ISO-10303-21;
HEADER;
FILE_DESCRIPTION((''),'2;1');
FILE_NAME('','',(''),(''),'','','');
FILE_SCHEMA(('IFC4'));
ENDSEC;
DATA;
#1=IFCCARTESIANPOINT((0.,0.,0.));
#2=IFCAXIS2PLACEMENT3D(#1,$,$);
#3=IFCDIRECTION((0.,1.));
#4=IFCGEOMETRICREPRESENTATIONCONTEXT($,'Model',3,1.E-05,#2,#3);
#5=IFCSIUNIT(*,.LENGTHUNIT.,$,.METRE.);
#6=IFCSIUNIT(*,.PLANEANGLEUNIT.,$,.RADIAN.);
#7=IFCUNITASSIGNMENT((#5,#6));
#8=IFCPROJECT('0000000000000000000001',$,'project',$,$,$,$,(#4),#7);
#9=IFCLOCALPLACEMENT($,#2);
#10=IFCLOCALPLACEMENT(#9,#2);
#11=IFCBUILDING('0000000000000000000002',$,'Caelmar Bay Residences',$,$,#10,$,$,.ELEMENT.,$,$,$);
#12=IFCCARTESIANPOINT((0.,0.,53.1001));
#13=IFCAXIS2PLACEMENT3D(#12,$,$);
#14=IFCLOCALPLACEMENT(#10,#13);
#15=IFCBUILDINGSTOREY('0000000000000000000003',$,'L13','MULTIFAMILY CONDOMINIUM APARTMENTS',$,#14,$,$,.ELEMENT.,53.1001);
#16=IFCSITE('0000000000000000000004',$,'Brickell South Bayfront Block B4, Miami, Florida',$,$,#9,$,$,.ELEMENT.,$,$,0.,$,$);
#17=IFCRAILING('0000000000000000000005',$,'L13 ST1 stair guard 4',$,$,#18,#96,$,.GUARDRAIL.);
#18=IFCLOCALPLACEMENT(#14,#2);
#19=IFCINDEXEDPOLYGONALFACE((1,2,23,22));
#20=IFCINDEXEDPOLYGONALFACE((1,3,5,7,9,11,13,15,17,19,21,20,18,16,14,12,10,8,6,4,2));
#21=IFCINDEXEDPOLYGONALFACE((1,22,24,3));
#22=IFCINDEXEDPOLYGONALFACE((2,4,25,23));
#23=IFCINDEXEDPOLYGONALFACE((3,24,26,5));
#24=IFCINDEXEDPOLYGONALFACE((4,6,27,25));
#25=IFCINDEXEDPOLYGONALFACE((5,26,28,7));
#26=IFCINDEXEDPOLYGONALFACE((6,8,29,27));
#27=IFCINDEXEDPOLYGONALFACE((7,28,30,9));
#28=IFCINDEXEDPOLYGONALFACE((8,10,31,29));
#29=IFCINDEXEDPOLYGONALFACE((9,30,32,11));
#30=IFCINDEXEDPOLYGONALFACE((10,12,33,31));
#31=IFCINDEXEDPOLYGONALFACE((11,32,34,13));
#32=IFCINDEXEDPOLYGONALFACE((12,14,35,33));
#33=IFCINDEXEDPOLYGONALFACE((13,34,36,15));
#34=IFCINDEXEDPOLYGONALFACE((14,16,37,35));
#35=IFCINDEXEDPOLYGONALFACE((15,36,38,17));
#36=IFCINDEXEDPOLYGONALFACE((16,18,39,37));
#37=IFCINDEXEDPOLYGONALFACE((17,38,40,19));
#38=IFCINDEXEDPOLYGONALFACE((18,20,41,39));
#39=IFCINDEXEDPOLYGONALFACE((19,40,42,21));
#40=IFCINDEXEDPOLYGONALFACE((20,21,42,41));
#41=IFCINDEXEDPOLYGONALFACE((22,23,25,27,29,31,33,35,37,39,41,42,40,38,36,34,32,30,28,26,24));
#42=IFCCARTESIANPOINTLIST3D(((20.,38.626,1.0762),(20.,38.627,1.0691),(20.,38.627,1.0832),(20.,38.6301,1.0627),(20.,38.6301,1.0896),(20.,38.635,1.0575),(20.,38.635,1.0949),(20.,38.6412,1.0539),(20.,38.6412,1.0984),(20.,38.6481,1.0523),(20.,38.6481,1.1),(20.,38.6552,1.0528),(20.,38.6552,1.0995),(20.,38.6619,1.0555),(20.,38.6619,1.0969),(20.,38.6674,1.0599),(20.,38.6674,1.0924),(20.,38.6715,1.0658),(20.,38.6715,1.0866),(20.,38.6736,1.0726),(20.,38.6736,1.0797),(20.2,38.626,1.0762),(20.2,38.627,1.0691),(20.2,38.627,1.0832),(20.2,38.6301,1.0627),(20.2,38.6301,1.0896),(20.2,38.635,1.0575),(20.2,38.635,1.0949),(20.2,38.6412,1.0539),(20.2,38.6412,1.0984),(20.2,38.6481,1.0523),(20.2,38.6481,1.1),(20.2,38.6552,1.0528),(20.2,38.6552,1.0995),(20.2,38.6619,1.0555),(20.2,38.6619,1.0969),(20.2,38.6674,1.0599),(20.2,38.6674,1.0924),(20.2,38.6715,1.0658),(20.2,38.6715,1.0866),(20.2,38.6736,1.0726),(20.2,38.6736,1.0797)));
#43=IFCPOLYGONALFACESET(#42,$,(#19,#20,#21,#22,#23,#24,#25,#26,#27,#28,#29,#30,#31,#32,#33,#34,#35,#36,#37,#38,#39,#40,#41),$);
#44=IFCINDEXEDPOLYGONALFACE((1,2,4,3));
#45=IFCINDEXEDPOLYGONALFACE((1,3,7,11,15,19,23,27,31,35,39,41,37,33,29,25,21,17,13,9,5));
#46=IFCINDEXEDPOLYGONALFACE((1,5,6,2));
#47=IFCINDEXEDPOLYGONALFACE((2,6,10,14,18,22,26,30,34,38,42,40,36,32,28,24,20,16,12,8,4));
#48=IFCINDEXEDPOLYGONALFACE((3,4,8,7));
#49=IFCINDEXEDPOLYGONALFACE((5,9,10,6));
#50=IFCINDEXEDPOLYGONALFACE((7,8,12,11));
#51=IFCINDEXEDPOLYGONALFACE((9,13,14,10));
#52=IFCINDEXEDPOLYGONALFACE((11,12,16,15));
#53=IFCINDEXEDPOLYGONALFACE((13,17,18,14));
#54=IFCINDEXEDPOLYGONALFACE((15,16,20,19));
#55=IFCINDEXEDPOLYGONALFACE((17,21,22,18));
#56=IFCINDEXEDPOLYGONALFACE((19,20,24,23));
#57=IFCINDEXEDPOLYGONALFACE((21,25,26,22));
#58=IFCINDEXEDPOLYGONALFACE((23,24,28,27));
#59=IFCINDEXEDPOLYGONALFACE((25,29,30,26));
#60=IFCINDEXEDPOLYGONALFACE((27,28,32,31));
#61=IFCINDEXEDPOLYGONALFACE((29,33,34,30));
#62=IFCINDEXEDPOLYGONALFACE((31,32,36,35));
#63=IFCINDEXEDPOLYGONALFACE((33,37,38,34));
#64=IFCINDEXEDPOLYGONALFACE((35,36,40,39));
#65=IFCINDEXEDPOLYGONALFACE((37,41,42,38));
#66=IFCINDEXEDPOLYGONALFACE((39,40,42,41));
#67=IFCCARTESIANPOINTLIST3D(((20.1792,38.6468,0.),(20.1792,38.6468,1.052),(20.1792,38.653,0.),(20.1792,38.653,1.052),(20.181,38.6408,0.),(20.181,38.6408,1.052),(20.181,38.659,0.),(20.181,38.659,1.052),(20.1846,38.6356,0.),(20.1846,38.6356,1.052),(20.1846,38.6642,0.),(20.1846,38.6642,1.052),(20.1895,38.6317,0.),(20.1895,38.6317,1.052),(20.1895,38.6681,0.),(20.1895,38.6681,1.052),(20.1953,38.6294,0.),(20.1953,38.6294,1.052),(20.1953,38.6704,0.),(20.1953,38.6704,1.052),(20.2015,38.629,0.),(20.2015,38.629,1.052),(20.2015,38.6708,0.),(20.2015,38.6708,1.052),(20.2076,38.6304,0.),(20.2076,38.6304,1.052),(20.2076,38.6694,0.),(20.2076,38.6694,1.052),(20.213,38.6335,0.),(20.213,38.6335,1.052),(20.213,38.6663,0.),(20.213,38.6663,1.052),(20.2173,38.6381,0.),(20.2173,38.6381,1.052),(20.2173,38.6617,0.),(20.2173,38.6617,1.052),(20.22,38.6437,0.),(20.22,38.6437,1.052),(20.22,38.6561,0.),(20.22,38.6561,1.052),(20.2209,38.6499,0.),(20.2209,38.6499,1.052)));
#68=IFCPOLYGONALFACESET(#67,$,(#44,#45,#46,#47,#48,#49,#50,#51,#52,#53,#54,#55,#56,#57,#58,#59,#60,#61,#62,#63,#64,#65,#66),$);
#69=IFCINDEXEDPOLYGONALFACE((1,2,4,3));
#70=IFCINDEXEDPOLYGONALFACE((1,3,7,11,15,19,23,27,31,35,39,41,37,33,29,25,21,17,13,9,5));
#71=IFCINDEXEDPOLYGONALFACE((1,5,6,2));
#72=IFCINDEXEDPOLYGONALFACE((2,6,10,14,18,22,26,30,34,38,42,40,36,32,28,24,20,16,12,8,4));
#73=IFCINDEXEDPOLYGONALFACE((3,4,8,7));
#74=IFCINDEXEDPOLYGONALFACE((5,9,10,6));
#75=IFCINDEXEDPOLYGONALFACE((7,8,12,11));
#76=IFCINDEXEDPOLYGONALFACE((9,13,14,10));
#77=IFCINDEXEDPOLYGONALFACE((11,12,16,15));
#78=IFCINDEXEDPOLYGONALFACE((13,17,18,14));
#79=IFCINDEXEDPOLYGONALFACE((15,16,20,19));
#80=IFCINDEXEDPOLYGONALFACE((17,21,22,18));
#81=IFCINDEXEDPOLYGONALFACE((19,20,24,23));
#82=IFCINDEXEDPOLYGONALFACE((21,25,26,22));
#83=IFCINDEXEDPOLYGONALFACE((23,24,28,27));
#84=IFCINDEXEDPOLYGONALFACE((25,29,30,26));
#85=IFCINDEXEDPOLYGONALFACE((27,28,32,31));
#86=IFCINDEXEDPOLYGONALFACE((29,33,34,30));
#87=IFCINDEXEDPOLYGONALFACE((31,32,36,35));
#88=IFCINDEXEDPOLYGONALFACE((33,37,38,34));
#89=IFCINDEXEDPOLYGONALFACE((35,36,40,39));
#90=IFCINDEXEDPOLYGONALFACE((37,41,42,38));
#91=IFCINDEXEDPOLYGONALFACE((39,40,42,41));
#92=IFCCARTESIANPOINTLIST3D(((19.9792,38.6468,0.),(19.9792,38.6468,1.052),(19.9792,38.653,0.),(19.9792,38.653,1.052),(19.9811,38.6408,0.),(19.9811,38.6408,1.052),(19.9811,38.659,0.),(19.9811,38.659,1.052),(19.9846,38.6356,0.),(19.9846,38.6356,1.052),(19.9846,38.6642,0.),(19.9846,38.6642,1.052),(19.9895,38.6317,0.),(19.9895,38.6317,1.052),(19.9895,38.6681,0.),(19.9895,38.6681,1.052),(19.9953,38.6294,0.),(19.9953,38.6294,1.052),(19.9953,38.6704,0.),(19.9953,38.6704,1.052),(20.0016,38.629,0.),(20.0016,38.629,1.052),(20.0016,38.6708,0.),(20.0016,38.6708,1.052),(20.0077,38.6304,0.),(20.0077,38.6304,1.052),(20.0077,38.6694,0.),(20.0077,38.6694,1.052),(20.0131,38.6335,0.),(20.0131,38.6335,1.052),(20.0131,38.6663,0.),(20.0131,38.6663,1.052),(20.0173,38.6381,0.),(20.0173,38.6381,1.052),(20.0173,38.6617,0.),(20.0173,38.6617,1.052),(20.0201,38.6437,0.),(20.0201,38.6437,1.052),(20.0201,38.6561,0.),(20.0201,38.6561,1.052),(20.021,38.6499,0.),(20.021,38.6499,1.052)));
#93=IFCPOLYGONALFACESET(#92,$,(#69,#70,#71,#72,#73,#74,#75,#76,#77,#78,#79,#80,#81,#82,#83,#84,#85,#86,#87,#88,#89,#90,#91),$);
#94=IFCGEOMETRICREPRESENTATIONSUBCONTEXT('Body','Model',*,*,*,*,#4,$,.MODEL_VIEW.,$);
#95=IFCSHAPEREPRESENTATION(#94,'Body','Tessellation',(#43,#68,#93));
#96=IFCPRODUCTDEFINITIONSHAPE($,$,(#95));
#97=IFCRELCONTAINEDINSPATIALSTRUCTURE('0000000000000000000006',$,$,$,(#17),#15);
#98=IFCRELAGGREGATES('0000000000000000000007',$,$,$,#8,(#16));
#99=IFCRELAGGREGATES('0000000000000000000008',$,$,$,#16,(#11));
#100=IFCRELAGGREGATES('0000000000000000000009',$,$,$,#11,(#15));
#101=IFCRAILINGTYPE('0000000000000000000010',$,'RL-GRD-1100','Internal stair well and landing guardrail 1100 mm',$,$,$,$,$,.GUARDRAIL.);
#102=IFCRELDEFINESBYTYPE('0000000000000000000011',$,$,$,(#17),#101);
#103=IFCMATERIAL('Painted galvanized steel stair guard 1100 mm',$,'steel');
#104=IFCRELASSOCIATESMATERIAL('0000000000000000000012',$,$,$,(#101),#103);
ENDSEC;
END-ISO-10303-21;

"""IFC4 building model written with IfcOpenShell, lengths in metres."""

from ifc_helpers import new_model, si_unit, direction, frame, origin, origin_2d, place, context, subcontext, project, spatial, circle, extrude, material, type_object, element, save


model = new_model("IFC4")

# Units and contexts
model_context = context("Model", 3, precision=1e-05, world=origin(), true_north=direction((0.0, 1.0)))
body_context = subcontext(model_context, "Body", "Model", "MODEL_VIEW")
ifc_project = project(units=[si_unit("LENGTHUNIT", "METRE"), si_unit("PLANEANGLEUNIT", "RADIAN")], contexts=[model_context])

# Site, building, storey
site_placement = place(None, origin())
site = spatial("IfcSite", under=ifc_project, at=site_placement, Name="Brickell South Bayfront Block B4, Miami, Florida", CompositionType="ELEMENT", RefElevation=0.0)
building_placement = place(site_placement, origin())
building = spatial("IfcBuilding", under=site, at=building_placement, Name="Caelmar Bay Residences", CompositionType="ELEMENT")
storey_placement = place(building_placement, frame((0.0, 0.0, 53.1001)))
storey = spatial("IfcBuildingStorey", under=building, at=storey_placement, Name="L13", Description="MULTIFAMILY CONDOMINIUM APARTMENTS", CompositionType="ELEMENT", Elevation=53.1001)

# Railing
ifc_material_1 = material(Name="Painted galvanized steel stair guard 1100 mm", Category="steel")
railing_type_1 = type_object("IfcRailingType", Name="RL-GRD-1100", Description="Internal stair well and landing guardrail 1100 mm", PredefinedType="GUARDRAIL", material=ifc_material_1)
railing_1_placement = place(storey_placement, frame((20.2, 38.6499, 0.0)))
element("IfcRailing", 1, at=railing_1_placement, inside=storey, type_object=railing_type_1, Name="L13 ST1 stair guard 4", PredefinedType="GUARDRAIL", context=body_context, shape_type="SweptSolid", body=[
    extrude(circle(Radius=0.0239, at=origin_2d()), frame((0.0, 0.0, 1.0762), z_axis=(-1.0, 0.0, 0.0), x_axis=(0.0, -1.0, 0.0)), (0.0, 0.0, 1.0), 0.2),
    extrude(circle(Radius=0.021, at=origin_2d()), origin(), (0.0, 0.0, 1.0), 1.052),
    extrude(circle(Radius=0.021, at=origin_2d()), frame((-0.2, 0.0, 0.0)), (0.0, 0.0, 1.0), 1.052),
])

save(model, "model.ifc")
